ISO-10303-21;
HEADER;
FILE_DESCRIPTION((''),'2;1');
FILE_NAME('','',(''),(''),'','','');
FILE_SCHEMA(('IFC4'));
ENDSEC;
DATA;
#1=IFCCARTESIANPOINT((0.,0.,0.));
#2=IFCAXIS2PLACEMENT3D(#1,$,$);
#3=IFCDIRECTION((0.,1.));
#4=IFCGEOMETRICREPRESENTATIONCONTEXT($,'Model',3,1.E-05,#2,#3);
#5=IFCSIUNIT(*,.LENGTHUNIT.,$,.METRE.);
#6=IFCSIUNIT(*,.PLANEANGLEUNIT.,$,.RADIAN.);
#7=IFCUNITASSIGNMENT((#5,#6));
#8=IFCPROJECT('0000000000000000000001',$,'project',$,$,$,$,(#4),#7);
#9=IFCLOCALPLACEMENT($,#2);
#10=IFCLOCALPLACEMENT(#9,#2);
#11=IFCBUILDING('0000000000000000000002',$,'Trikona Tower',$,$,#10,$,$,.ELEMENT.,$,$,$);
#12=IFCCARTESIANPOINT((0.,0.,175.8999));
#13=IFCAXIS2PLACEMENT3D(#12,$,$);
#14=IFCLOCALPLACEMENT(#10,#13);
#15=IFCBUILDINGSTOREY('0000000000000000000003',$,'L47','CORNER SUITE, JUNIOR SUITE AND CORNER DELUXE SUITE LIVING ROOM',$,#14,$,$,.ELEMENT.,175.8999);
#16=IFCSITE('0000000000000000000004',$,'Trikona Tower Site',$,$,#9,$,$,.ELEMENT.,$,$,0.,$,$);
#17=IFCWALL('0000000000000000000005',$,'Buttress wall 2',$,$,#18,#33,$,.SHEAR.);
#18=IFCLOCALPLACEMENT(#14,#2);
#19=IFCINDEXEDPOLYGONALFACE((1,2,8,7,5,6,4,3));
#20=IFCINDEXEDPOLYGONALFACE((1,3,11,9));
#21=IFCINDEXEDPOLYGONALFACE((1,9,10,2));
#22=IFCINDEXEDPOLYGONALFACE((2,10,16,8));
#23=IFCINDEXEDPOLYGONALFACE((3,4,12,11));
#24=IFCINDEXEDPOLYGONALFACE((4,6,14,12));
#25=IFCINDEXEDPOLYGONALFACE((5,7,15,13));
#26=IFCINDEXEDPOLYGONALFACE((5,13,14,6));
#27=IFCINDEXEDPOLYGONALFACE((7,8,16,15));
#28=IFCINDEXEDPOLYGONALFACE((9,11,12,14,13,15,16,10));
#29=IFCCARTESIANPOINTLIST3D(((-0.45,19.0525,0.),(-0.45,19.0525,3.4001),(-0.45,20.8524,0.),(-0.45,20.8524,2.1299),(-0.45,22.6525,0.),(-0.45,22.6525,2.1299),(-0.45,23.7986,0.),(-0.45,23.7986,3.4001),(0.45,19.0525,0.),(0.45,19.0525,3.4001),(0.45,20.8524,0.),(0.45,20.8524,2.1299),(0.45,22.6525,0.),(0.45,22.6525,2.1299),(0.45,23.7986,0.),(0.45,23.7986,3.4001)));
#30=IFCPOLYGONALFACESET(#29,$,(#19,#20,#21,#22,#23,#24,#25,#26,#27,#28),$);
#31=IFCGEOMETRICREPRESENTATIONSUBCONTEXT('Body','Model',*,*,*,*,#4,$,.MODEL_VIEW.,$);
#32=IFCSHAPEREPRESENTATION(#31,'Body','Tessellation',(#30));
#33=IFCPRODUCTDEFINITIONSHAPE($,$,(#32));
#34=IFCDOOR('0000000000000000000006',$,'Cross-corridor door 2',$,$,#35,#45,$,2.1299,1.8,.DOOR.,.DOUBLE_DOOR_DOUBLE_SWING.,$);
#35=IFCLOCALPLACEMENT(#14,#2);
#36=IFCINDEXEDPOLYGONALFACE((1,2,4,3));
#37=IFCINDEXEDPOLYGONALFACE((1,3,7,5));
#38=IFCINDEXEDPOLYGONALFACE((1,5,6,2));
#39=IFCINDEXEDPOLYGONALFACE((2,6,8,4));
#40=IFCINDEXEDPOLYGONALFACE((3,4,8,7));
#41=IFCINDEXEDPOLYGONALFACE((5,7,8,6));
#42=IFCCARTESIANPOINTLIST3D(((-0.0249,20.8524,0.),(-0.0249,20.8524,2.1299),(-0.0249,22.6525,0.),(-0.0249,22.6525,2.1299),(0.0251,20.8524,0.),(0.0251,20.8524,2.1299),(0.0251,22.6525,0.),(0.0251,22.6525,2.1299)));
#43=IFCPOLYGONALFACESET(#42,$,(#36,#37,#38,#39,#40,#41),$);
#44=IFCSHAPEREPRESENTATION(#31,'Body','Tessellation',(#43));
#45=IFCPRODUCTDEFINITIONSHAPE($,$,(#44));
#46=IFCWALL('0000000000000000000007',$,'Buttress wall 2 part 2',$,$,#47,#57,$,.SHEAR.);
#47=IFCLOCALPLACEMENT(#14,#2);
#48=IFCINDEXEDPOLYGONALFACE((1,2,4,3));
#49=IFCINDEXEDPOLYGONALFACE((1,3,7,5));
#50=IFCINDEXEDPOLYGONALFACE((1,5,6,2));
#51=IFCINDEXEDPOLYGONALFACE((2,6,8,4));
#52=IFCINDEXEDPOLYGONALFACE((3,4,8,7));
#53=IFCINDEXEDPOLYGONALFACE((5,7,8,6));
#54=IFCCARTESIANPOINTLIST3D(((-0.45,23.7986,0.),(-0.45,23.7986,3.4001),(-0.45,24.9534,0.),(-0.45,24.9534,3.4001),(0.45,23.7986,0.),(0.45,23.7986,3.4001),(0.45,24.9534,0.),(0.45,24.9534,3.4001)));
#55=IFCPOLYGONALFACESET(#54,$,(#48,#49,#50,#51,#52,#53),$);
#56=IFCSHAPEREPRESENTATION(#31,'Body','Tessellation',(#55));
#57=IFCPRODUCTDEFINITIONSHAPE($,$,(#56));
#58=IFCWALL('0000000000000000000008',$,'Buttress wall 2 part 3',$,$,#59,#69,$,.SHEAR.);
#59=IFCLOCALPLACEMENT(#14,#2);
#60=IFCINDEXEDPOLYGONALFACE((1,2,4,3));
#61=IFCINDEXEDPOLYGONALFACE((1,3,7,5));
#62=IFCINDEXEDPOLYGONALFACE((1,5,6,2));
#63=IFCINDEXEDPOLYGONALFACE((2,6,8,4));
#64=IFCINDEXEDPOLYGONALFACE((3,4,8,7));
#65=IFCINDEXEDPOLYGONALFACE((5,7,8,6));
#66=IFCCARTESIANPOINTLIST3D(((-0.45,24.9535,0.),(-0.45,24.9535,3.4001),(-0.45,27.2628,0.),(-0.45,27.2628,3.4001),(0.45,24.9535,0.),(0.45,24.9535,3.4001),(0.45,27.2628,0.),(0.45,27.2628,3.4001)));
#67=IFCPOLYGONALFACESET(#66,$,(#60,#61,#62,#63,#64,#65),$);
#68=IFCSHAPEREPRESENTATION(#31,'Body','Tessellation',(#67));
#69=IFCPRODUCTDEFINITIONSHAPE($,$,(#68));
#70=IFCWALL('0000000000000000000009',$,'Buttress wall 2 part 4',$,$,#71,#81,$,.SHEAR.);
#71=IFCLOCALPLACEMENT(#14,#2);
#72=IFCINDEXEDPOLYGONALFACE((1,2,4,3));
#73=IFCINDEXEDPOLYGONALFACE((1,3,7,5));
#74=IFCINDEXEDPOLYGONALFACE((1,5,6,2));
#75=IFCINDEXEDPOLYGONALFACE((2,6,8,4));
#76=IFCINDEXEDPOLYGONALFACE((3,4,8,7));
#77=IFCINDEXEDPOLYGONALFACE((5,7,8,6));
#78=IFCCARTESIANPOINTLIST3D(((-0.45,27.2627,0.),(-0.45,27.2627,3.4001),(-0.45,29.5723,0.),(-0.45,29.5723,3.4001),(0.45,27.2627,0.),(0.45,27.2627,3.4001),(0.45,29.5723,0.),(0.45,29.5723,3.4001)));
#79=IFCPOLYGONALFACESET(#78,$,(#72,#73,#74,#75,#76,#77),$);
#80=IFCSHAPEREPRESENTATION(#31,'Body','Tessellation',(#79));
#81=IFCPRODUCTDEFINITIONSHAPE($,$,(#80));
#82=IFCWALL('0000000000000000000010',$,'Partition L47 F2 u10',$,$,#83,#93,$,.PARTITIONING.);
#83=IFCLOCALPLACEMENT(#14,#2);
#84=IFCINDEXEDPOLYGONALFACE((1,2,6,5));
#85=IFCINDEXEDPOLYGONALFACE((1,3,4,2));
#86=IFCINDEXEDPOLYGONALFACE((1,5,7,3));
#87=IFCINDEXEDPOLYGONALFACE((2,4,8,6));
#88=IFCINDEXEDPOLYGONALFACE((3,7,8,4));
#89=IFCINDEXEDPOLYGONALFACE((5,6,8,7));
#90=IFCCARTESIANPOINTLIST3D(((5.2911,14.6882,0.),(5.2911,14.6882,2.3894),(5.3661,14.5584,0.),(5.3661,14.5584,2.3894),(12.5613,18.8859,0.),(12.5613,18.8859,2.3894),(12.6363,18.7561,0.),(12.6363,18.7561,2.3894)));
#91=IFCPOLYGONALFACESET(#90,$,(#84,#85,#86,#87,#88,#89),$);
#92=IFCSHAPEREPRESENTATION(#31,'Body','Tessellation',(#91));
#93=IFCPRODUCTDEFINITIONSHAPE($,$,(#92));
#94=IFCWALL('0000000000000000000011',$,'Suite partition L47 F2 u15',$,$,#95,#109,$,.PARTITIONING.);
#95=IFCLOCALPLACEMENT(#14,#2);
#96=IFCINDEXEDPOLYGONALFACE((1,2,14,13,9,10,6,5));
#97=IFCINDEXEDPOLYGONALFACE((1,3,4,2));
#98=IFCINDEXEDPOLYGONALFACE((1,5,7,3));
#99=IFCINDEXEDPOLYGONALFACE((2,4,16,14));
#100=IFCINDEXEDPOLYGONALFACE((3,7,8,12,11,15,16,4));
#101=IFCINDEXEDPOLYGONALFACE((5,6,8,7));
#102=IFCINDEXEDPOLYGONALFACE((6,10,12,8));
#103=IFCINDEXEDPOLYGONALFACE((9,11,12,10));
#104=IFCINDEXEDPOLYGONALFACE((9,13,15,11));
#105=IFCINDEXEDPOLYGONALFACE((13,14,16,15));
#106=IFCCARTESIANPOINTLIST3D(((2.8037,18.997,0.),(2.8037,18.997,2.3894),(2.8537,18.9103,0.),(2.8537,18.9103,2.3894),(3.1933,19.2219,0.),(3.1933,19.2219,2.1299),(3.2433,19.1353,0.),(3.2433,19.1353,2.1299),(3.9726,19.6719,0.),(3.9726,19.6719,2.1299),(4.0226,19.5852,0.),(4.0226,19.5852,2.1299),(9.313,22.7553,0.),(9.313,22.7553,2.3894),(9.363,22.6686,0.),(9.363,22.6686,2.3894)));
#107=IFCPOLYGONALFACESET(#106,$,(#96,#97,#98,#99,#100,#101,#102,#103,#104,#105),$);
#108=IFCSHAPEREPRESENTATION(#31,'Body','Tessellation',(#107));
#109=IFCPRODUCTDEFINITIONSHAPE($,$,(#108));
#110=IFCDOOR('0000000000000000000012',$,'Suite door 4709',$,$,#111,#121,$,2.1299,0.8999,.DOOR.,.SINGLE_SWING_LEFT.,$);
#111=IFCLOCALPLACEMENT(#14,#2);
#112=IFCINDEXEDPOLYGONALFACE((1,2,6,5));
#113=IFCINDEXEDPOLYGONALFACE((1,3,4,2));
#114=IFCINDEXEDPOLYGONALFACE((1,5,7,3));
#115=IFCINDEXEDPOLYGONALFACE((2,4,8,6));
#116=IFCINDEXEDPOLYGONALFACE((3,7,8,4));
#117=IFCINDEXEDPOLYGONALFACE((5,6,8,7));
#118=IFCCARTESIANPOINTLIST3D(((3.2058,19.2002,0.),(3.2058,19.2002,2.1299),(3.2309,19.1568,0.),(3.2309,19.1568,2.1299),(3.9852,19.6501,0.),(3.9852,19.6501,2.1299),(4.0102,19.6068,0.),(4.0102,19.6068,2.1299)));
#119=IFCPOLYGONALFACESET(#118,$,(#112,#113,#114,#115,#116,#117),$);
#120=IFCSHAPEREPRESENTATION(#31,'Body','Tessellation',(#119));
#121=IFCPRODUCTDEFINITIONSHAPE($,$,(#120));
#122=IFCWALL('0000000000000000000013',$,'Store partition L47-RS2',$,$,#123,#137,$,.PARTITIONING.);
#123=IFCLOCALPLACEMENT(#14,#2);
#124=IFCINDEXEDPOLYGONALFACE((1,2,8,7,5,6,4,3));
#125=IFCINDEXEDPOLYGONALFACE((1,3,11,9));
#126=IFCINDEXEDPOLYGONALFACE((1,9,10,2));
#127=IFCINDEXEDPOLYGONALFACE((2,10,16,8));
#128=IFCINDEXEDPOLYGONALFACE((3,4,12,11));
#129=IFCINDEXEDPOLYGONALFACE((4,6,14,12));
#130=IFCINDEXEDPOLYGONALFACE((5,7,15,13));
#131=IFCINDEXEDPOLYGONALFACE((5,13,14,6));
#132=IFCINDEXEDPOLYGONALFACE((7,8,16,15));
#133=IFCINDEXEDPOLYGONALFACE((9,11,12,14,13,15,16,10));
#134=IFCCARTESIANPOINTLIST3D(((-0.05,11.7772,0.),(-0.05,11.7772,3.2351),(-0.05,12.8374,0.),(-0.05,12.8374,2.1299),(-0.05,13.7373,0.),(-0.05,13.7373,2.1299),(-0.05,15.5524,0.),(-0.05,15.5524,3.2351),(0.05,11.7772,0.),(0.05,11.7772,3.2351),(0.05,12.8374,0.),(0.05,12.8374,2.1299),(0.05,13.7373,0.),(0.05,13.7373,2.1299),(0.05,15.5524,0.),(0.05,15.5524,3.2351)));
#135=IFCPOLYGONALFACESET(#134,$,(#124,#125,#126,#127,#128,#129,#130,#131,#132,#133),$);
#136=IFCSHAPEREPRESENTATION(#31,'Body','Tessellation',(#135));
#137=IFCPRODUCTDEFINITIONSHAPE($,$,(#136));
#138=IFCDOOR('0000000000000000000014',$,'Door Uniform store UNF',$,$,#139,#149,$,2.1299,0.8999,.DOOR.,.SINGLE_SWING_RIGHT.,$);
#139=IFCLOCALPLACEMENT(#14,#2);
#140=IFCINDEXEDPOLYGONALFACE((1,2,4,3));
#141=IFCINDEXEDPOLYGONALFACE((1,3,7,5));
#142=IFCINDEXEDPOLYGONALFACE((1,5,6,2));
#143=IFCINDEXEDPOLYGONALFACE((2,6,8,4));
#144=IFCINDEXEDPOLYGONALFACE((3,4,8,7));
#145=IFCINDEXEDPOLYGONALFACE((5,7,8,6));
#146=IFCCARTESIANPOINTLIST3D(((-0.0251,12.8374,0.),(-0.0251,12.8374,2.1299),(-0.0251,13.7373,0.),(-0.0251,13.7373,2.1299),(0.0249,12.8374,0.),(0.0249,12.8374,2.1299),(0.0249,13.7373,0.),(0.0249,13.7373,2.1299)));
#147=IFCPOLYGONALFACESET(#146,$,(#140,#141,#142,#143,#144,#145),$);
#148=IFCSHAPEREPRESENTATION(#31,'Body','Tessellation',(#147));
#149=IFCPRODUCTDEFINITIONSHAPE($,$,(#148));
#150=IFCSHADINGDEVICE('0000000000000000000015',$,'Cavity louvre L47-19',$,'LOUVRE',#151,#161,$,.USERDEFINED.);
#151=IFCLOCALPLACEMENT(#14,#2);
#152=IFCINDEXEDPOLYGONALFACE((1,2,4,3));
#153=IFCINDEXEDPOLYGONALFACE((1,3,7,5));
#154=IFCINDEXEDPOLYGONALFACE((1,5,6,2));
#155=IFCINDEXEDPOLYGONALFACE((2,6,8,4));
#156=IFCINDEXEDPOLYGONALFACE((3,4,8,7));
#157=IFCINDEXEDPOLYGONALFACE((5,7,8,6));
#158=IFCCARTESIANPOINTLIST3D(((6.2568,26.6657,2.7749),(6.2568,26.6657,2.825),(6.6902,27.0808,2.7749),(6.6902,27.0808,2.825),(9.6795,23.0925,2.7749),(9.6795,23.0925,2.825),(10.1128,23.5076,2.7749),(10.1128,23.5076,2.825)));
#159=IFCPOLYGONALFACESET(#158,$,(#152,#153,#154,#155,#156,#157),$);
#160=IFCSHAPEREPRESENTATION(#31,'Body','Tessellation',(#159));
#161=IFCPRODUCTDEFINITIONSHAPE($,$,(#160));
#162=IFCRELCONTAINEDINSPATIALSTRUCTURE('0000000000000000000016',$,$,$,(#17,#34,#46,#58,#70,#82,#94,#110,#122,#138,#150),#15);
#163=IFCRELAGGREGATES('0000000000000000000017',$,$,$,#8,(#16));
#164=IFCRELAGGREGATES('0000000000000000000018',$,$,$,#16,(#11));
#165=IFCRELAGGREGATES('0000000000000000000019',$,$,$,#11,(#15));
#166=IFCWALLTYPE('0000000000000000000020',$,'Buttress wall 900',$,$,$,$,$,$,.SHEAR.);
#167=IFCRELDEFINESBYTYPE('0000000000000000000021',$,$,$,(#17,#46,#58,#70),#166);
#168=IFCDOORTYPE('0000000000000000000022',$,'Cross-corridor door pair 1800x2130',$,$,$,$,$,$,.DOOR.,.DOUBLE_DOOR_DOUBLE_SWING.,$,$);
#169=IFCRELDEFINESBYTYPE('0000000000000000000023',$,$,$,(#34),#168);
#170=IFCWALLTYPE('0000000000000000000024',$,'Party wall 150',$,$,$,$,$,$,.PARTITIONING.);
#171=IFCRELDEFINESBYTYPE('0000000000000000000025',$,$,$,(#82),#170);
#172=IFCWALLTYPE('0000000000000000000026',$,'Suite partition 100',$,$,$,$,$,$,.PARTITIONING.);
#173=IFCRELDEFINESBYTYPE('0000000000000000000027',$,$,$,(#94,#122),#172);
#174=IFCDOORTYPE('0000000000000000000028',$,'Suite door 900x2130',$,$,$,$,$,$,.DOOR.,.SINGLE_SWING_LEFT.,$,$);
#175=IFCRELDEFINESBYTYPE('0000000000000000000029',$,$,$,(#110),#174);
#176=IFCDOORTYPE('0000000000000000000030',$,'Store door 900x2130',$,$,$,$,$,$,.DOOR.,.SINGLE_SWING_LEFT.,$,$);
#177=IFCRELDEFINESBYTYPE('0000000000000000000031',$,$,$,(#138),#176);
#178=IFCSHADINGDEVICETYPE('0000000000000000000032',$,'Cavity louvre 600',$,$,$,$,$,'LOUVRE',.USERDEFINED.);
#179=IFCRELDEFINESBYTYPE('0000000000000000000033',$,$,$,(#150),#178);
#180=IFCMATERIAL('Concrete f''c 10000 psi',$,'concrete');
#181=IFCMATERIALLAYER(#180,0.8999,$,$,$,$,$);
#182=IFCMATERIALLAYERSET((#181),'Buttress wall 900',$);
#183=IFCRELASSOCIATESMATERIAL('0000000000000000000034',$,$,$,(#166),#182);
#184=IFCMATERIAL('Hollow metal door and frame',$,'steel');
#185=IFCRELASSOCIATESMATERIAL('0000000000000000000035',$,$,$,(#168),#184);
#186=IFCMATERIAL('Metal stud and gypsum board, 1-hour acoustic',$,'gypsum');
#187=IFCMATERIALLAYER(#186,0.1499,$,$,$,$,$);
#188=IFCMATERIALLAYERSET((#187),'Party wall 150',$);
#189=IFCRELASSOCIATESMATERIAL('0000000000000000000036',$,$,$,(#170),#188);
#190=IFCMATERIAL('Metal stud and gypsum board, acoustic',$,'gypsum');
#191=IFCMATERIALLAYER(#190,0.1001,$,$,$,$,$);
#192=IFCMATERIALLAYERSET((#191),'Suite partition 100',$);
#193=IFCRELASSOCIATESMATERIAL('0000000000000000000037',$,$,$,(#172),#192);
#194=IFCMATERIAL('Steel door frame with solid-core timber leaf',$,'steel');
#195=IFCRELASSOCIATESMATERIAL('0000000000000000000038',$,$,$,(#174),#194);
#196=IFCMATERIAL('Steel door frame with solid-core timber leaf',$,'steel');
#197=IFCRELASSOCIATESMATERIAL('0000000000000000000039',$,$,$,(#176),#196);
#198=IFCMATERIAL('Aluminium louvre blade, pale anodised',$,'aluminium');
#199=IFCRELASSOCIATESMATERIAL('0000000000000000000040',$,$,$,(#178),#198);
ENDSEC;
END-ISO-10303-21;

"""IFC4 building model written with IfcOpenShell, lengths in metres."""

from ifc_helpers import new_model, si_unit, direction, frame, frame_2d, origin, origin_2d, place, context, subcontext, project, spatial, rectangle, extrude, material, layer, layer_set, type_object, element, fill, save


model = new_model("IFC4")

# Units and contexts
model_context = context("Model", 3, precision=1e-05, world=origin(), true_north=direction((0.0, 1.0)))
body_context = subcontext(model_context, "Body", "Model", "MODEL_VIEW")
ifc_project = project(units=[si_unit("LENGTHUNIT", "METRE"), si_unit("PLANEANGLEUNIT", "RADIAN")], contexts=[model_context])

# Site, building, storey
site_placement = place(None, origin())
site = spatial("IfcSite", under=ifc_project, at=site_placement, Name="Trikona Tower Site", CompositionType="ELEMENT", RefElevation=0.0)
building_placement = place(site_placement, origin())
building = spatial("IfcBuilding", under=site, at=building_placement, Name="Trikona Tower", CompositionType="ELEMENT")
storey_placement = place(building_placement, frame((0.0, 0.0, 175.8999)))
storey = spatial("IfcBuildingStorey", under=building, at=storey_placement, Name="L47", Description="CORNER SUITE, JUNIOR SUITE AND CORNER DELUXE SUITE LIVING ROOM", CompositionType="ELEMENT", Elevation=175.8999)

# Wall, opening, door
ifc_material_1 = material(Name="Concrete f'c 10000 psi", Category="concrete")
ifc_layer_1 = layer(ifc_material_1, 0.8999)
ifc_layer_set_1 = layer_set([ifc_layer_1], Name="Buttress wall 900")
wall_type_1 = type_object("IfcWallType", Name="Buttress wall 900", PredefinedType="SHEAR", material=ifc_layer_set_1)
wall_1_placement = place(storey_placement, frame((0.0, 19.0525, 0.0), z_axis=(0.0, 0.0, 1.0), x_axis=(0.0, 1.0, 0.0)))
wall_1 = element("IfcWall", 1, at=wall_1_placement, inside=storey, type_object=wall_type_1, Name="Buttress wall 2", PredefinedType="SHEAR", context=body_context, shape_type="SweptSolid", body=[
    extrude(rectangle(XDim=4.7461, YDim=0.8999, at=frame_2d((2.373, 0.0))), origin(), (0.0, 0.0, 1.0), 3.4001),
])
opening_1_placement = place(wall_1_placement, frame((1.8, 0.0, 0.0)))
opening_1 = element("IfcOpeningElement", 2, at=opening_1_placement, cuts=wall_1, PredefinedType="OPENING", context=body_context, shape_type="SweptSolid", body=[
    extrude(rectangle(XDim=1.8, YDim=2.1299, at=frame_2d((0.8999, 1.0649))), frame((0.0, 0.46, 0.0), z_axis=(0.0, -1.0, 0.0), x_axis=(1.0, 0.0, 0.0)), (0.0, 0.0, 1.0), 0.9199),
])
ifc_material_2 = material(Name="Hollow metal door and frame", Category="steel")
door_type_1 = type_object("IfcDoorType", Name="Cross-corridor door pair 1800x2130", OperationType="DOUBLE_DOOR_DOUBLE_SWING", PredefinedType="DOOR", material=ifc_material_2)
door_1_placement = place(opening_1_placement, origin())
door_1 = element("IfcDoor", 3, at=door_1_placement, inside=storey, type_object=door_type_1, Name="Cross-corridor door 2", OperationType="DOUBLE_DOOR_DOUBLE_SWING", OverallHeight=2.1299, OverallWidth=1.8, PredefinedType="DOOR", context=body_context, shape_type="SweptSolid", body=[
    extrude(rectangle(XDim=1.8, YDim=2.1299, at=frame_2d((0.8999, 1.0649))), frame((0.0, 0.0249, 0.0), z_axis=(0.0, -1.0, 0.0), x_axis=(1.0, 0.0, 0.0)), (0.0, 0.0, 1.0), 0.05),
])
fill(opening_1, door_1)

# Walls
wall_2_placement = place(storey_placement, frame((0.0, 23.7986, 0.0), z_axis=(0.0, 0.0, 1.0), x_axis=(0.0, 1.0, 0.0)))
element("IfcWall", 4, at=wall_2_placement, inside=storey, type_object=wall_type_1, Name="Buttress wall 2 part 2", PredefinedType="SHEAR", context=body_context, shape_type="SweptSolid", body=[
    extrude(rectangle(XDim=1.1548, YDim=0.8999, at=frame_2d((0.5774, 0.0))), origin(), (0.0, 0.0, 1.0), 3.4001),
])
wall_3_placement = place(storey_placement, frame((0.0, 24.9534, 0.0), z_axis=(0.0, 0.0, 1.0), x_axis=(0.0, 1.0, 0.0)))
element("IfcWall", 5, at=wall_3_placement, inside=storey, type_object=wall_type_1, Name="Buttress wall 2 part 3", PredefinedType="SHEAR", context=body_context, shape_type="SweptSolid", body=[
    extrude(rectangle(XDim=2.3093, YDim=0.8999, at=frame_2d((1.1548, 0.0))), origin(), (0.0, 0.0, 1.0), 3.4001),
])
wall_4_placement = place(storey_placement, frame((0.0, 27.2627, 0.0), z_axis=(0.0, 0.0, 1.0), x_axis=(0.0, 1.0, 0.0)))
element("IfcWall", 6, at=wall_4_placement, inside=storey, type_object=wall_type_1, Name="Buttress wall 2 part 4", PredefinedType="SHEAR", context=body_context, shape_type="SweptSolid", body=[
    extrude(rectangle(XDim=2.3096, YDim=0.8999, at=frame_2d((1.1548, 0.0))), origin(), (0.0, 0.0, 1.0), 3.4001),
])
ifc_material_3 = material(Name="Metal stud and gypsum board, 1-hour acoustic", Category="gypsum")
ifc_layer_2 = layer(ifc_material_3, 0.1499)
ifc_layer_set_2 = layer_set([ifc_layer_2], Name="Party wall 150")
wall_type_2 = type_object("IfcWallType", Name="Party wall 150", PredefinedType="PARTITIONING", material=ifc_layer_set_2)
wall_5_placement = place(storey_placement, frame((5.3286, 14.6233, 0.0), z_axis=(0.0, 0.0, 1.0), x_axis=(0.866012, 0.500024, 0.0)))
element("IfcWall", 7, at=wall_5_placement, inside=storey, type_object=wall_type_2, Name="Partition L47 F2 u10", PredefinedType="PARTITIONING", context=body_context, shape_type="SweptSolid", body=[
    extrude(rectangle(XDim=8.395, YDim=0.1499, at=frame_2d((4.1975, 0.0))), origin(), (0.0, 0.0, 1.0), 2.3894),
])

# Walls, openings, doors
ifc_material_4 = material(Name="Metal stud and gypsum board, acoustic", Category="gypsum")
ifc_layer_3 = layer(ifc_material_4, 0.1001)
ifc_layer_set_3 = layer_set([ifc_layer_3], Name="Suite partition 100")
wall_type_3 = type_object("IfcWallType", Name="Suite partition 100", PredefinedType="PARTITIONING", material=ifc_layer_set_3)
wall_6_placement = place(storey_placement, frame((2.8286, 18.9536, 0.0), z_axis=(0.0, 0.0, 1.0), x_axis=(0.866016, 0.500017, 0.0)))
wall_6 = element("IfcWall", 8, at=wall_6_placement, inside=storey, type_object=wall_type_3, Name="Suite partition L47 F2 u15", PredefinedType="PARTITIONING", context=body_context, shape_type="SweptSolid", body=[
    extrude(rectangle(XDim=7.5164, YDim=0.1001, at=frame_2d((3.7583, 0.0))), origin(), (0.0, 0.0, 1.0), 2.3894),
])
opening_2_placement = place(wall_6_placement, frame((0.45, 0.0, 0.0)))
opening_2 = element("IfcOpeningElement", 9, at=opening_2_placement, cuts=wall_6, PredefinedType="OPENING", context=body_context, shape_type="SweptSolid", body=[
    extrude(rectangle(XDim=0.8999, YDim=2.1299, at=frame_2d((0.45, 1.0649))), frame((0.0, 0.0601, 0.0), z_axis=(0.0, -1.0, 0.0), x_axis=(1.0, 0.0, 0.0)), (0.0, 0.0, 1.0), 0.1201),
])
ifc_material_5 = material(Name="Steel door frame with solid-core timber leaf", Category="steel")
door_type_2 = type_object("IfcDoorType", Name="Suite door 900x2130", OperationType="SINGLE_SWING_LEFT", PredefinedType="DOOR", material=ifc_material_5)
door_2_placement = place(opening_2_placement, origin())
door_2 = element("IfcDoor", 10, at=door_2_placement, inside=storey, type_object=door_type_2, Name="Suite door 4709", OperationType="SINGLE_SWING_LEFT", OverallHeight=2.1299, OverallWidth=0.8999, PredefinedType="DOOR", context=body_context, shape_type="SweptSolid", body=[
    extrude(rectangle(XDim=0.8999, YDim=2.1299, at=frame_2d((0.45, 1.0649))), frame((0.0, 0.0249, 0.0), z_axis=(0.0, -1.0, 0.0), x_axis=(1.0, 0.0, 0.0)), (0.0, 0.0, 1.0), 0.05),
])
fill(opening_2, door_2)
wall_7_placement = place(storey_placement, frame((0.0, 15.5525, 0.0), z_axis=(0.0, 0.0, 1.0), x_axis=(0.0, -1.0, 0.0)))
wall_7 = element("IfcWall", 11, at=wall_7_placement, inside=storey, type_object=wall_type_3, Name="Store partition L47-RS2", PredefinedType="PARTITIONING", context=body_context, shape_type="SweptSolid", body=[
    extrude(rectangle(XDim=3.7751, YDim=0.1001, at=frame_2d((1.8877, 0.0))), origin(), (0.0, 0.0, 1.0), 3.2351),
])
opening_3_placement = place(wall_7_placement, frame((1.8152, 0.0, 0.0)))
opening_3 = element("IfcOpeningElement", 12, at=opening_3_placement, cuts=wall_7, PredefinedType="OPENING", context=body_context, shape_type="SweptSolid", body=[
    extrude(rectangle(XDim=0.8999, YDim=2.1299, at=frame_2d((0.45, 1.0649))), frame((0.0, 0.0601, 0.0), z_axis=(0.0, -1.0, 0.0), x_axis=(1.0, 0.0, 0.0)), (0.0, 0.0, 1.0), 0.1201),
])
ifc_material_6 = material(Name="Steel door frame with solid-core timber leaf", Category="steel")
door_type_3 = type_object("IfcDoorType", Name="Store door 900x2130", OperationType="SINGLE_SWING_LEFT", PredefinedType="DOOR", material=ifc_material_6)
door_3_placement = place(opening_3_placement, origin())
door_3 = element("IfcDoor", 13, at=door_3_placement, inside=storey, type_object=door_type_3, Name="Door Uniform store UNF", OperationType="SINGLE_SWING_RIGHT", OverallHeight=2.1299, OverallWidth=0.8999, PredefinedType="DOOR", context=body_context, shape_type="SweptSolid", body=[
    extrude(rectangle(XDim=0.8999, YDim=2.1299, at=frame_2d((0.45, 1.0649))), frame((0.0, 0.0249, 0.0), z_axis=(0.0, -1.0, 0.0), x_axis=(1.0, 0.0, 0.0)), (0.0, 0.0, 1.0), 0.05),
])
fill(opening_3, door_3)

# Shading device
ifc_material_7 = material(Name="Aluminium louvre blade, pale anodised", Category="aluminium")
shading_device_type = type_object("IfcShadingDeviceType", Name="Cavity louvre 600", ElementType="LOUVRE", PredefinedType="USERDEFINED", material=ifc_material_7)
shading_device_placement = place(storey_placement, frame((8.1848, 25.0867, 2.7749), z_axis=(0.0, 0.0, 1.0), x_axis=(-0.691724, 0.722162, 0.0)))
element("IfcShadingDevice", 14, at=shading_device_placement, inside=storey, type_object=shading_device_type, Name="Cavity louvre L47-19", ObjectType="LOUVRE", PredefinedType="USERDEFINED", context=body_context, shape_type="SweptSolid", body=[
    extrude(rectangle(XDim=4.948, YDim=0.6001, at=origin_2d()), origin(), (0.0, 0.0, 1.0), 0.05),
])

save(model, "model.ifc")
